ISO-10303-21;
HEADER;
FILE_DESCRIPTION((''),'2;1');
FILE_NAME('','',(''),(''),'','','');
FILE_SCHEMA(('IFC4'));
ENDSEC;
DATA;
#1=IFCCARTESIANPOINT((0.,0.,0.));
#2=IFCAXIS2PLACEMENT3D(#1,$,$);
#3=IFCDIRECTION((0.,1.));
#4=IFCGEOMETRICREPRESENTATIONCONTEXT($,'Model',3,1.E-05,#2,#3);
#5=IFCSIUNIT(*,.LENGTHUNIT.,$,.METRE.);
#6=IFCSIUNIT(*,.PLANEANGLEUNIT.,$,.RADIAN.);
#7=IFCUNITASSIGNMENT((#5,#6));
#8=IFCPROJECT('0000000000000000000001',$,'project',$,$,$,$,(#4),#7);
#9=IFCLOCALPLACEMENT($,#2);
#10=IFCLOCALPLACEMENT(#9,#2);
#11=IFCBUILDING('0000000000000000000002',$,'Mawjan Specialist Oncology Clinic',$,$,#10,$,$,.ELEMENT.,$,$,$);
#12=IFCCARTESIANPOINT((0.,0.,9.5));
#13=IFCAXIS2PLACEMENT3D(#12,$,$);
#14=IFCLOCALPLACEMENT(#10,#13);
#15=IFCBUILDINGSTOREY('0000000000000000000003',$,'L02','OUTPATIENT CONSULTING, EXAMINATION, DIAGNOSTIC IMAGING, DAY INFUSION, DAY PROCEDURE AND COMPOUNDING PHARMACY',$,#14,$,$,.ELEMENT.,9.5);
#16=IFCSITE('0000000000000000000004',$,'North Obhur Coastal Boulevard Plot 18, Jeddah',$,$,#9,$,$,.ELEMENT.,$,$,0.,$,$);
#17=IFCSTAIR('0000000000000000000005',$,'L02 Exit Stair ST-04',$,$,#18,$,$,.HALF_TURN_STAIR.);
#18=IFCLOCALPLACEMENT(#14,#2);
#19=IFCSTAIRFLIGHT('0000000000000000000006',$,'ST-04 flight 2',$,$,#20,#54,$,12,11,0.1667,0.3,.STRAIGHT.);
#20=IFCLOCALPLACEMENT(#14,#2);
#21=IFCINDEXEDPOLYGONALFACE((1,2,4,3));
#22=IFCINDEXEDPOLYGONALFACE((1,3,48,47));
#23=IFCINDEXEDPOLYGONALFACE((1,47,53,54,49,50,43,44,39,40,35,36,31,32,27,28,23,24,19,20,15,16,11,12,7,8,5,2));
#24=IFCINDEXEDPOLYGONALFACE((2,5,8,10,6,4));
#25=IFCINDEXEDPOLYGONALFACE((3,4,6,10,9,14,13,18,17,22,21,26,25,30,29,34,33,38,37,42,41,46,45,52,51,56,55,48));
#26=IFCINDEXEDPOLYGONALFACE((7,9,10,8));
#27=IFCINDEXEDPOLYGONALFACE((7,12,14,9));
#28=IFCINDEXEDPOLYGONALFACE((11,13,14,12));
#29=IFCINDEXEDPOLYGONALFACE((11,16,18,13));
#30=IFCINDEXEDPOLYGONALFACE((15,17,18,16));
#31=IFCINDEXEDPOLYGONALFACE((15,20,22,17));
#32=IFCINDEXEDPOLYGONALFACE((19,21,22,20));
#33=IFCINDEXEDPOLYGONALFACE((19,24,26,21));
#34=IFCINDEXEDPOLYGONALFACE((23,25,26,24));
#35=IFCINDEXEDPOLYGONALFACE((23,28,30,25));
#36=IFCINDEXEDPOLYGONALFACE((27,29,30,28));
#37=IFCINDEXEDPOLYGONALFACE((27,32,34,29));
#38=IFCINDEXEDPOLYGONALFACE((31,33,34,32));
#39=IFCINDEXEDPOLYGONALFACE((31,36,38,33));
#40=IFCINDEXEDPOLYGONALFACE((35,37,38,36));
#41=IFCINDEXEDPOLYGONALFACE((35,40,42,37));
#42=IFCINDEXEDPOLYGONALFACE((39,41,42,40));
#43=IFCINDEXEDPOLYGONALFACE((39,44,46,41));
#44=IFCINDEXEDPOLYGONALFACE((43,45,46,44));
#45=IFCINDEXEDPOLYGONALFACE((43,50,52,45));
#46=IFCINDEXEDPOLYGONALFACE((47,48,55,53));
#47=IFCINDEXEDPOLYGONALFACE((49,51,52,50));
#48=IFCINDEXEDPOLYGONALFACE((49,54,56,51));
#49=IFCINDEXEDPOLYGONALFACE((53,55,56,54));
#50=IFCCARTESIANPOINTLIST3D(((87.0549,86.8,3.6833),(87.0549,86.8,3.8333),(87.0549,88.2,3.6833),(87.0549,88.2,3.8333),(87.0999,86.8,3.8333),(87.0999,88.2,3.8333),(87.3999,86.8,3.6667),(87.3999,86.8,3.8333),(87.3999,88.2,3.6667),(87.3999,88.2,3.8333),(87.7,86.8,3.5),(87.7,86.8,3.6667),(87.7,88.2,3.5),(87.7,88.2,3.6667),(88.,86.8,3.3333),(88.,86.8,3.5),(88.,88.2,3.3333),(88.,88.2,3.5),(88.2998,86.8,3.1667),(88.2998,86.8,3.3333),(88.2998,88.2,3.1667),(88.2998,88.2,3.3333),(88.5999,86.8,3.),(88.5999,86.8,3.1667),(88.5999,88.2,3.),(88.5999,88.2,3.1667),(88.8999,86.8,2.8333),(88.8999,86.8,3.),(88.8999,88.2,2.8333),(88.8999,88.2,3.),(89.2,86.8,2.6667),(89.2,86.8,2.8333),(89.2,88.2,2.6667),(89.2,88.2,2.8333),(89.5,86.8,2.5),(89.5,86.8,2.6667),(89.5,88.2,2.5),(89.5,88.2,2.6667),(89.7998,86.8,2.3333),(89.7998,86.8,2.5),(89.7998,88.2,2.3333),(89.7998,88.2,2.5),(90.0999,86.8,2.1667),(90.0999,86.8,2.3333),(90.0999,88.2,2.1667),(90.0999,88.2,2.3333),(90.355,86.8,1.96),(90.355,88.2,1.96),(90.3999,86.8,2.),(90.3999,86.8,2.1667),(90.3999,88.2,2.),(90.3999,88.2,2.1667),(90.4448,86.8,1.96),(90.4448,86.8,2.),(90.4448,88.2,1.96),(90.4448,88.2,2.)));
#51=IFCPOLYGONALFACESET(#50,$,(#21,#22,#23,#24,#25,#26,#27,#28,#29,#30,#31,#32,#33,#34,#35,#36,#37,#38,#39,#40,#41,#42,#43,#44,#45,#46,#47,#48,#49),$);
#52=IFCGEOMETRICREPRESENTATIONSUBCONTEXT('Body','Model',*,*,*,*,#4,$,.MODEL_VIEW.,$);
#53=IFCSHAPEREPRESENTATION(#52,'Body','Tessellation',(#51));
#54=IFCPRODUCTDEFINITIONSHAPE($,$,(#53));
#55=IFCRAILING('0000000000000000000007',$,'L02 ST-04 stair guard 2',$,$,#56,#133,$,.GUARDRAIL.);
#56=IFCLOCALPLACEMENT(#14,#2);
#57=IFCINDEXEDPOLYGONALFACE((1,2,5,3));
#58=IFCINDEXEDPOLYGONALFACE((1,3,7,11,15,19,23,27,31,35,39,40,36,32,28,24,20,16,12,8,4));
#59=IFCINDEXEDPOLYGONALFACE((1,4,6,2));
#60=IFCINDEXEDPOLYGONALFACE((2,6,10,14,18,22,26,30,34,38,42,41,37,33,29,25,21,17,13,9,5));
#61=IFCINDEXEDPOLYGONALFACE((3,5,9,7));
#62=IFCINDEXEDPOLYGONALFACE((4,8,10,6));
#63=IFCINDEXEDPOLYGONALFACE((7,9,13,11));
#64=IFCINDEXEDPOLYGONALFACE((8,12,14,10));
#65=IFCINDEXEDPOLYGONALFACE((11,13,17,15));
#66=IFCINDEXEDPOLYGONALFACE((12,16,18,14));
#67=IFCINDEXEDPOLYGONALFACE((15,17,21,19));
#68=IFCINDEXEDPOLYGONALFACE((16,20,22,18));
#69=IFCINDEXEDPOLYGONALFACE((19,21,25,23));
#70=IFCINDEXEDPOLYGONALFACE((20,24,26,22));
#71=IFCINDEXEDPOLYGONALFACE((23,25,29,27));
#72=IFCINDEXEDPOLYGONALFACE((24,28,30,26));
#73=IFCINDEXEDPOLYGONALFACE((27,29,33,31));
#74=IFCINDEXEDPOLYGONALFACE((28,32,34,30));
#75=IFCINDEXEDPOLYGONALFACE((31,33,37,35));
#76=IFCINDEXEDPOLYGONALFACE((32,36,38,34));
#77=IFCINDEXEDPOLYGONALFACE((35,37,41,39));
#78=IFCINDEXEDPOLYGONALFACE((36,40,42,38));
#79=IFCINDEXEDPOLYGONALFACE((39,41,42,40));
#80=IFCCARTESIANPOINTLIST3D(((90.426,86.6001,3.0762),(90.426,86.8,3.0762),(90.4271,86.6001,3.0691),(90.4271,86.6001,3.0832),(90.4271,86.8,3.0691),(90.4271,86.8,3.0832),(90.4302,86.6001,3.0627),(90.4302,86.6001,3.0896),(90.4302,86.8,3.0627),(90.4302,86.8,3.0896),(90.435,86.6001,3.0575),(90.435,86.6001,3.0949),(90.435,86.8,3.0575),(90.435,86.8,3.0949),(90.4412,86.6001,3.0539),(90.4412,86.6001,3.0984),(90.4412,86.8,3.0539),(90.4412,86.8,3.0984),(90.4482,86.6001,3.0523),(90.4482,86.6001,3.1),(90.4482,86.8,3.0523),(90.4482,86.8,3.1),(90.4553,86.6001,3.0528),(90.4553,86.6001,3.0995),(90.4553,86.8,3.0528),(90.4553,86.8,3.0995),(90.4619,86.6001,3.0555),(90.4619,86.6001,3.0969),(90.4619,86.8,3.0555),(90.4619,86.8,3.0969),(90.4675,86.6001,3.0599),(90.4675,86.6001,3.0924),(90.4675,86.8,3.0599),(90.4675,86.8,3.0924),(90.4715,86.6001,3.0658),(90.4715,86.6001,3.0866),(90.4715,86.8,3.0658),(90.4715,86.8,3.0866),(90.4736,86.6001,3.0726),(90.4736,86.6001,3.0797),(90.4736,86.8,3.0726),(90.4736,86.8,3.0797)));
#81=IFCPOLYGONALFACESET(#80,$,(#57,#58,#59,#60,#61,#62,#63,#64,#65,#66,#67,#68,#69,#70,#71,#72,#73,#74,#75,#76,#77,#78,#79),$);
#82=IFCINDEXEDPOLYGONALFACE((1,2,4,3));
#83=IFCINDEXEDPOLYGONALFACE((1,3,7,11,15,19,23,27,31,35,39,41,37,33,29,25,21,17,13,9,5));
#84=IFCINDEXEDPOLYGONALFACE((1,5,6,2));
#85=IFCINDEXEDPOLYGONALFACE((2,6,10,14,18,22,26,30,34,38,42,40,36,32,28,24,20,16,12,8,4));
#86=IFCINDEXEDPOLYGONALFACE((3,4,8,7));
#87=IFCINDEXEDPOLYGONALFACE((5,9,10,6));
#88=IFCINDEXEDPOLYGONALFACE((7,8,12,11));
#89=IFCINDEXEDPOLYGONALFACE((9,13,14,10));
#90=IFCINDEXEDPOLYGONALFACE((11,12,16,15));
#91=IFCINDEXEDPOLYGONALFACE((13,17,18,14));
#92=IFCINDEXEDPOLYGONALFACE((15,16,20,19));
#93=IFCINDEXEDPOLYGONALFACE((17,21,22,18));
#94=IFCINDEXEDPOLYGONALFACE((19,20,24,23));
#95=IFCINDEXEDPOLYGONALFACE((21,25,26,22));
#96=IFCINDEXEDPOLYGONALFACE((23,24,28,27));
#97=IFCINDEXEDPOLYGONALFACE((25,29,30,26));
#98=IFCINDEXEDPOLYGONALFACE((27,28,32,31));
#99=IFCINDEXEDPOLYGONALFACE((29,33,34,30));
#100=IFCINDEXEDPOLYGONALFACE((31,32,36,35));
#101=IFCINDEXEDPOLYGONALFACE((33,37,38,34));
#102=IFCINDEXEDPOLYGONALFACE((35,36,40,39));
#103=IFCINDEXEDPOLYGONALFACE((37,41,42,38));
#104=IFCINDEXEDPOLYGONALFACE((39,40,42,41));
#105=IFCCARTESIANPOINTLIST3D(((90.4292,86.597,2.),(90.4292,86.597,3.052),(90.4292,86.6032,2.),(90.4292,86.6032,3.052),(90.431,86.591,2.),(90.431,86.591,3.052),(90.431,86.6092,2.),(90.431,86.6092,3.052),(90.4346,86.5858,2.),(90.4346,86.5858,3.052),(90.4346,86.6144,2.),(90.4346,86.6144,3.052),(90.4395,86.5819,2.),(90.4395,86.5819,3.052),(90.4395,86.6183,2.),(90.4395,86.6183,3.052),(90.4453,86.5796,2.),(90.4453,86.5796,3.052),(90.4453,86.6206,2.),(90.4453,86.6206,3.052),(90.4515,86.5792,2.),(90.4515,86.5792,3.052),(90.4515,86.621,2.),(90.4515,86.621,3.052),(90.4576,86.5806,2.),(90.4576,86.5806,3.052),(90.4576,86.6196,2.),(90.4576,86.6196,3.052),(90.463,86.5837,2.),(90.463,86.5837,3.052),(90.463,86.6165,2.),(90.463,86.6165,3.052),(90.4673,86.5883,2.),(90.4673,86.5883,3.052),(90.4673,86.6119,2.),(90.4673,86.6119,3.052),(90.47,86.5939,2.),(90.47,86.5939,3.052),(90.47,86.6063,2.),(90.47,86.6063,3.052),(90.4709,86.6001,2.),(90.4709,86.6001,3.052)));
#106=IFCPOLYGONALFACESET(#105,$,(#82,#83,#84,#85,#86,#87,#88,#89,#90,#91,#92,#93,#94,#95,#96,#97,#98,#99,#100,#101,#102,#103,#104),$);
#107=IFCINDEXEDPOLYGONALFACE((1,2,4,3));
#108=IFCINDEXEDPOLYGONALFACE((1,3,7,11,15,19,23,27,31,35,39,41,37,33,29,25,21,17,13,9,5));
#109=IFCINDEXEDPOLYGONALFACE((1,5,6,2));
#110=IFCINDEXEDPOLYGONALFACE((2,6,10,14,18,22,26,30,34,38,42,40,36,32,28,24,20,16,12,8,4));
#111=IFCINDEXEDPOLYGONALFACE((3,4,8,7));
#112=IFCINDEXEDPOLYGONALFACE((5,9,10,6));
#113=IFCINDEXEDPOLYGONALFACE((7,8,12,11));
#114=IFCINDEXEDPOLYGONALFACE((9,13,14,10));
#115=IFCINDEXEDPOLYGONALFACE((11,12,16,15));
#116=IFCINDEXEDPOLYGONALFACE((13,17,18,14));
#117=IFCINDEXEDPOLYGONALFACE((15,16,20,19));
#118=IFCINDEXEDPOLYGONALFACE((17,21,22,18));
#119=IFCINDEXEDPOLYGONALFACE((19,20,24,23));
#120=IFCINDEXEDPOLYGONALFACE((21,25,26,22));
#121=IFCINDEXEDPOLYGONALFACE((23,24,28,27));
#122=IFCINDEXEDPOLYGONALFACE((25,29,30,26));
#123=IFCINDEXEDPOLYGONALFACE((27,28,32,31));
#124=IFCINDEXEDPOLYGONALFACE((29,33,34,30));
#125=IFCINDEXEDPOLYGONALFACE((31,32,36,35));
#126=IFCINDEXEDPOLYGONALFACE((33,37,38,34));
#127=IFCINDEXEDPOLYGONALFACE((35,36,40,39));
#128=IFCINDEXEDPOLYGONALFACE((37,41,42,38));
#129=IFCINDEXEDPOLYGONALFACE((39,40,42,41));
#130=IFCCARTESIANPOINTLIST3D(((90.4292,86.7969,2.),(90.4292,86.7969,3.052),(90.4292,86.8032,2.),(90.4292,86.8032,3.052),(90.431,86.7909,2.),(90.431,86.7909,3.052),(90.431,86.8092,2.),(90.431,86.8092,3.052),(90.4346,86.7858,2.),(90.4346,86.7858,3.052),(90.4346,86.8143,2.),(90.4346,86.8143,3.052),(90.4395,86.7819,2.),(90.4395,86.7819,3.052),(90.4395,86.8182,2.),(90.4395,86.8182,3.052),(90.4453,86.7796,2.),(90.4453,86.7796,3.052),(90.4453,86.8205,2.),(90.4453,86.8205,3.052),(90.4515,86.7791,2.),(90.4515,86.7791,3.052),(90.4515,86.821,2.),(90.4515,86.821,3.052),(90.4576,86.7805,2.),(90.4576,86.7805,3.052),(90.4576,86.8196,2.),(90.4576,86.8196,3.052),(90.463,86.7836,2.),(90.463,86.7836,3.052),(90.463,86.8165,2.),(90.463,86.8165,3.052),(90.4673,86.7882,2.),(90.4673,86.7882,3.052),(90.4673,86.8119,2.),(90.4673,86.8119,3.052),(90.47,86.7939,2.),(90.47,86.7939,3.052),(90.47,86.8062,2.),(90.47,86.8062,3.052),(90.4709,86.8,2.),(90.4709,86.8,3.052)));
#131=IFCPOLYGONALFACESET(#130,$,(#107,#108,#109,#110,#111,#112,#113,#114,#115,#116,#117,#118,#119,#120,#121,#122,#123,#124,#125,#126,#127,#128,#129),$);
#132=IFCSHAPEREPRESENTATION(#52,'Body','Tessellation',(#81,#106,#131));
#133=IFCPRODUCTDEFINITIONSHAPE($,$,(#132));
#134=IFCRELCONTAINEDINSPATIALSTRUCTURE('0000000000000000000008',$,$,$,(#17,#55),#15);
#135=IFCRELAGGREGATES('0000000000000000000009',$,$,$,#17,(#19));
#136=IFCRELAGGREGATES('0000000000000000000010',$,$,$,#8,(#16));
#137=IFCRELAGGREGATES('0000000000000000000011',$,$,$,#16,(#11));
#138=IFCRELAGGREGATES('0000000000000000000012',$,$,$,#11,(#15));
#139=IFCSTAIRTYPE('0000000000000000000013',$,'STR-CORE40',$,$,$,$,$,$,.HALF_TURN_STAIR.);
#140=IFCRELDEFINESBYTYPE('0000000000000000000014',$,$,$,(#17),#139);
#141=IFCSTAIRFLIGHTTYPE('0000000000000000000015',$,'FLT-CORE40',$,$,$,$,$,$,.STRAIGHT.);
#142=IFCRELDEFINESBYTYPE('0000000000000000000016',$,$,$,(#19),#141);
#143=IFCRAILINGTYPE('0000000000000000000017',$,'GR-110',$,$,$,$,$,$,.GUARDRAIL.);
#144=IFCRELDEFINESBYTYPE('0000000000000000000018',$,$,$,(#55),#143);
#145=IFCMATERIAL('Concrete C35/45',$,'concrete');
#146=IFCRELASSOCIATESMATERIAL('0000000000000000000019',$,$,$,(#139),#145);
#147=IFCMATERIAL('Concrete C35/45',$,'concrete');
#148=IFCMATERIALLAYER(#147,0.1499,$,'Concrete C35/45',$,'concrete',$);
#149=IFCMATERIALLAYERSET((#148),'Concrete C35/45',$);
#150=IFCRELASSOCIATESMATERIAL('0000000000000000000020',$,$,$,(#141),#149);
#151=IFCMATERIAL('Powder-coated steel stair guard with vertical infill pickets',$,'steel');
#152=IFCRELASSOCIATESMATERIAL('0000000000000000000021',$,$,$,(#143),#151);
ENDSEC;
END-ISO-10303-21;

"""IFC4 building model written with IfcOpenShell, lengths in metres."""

from ifc_helpers import new_model, si_unit, direction, frame, origin, origin_2d, place, context, subcontext, project, spatial, polyline, circle, outline, extrude, material, layer, layer_set, type_object, element, aggregate, save


model = new_model("IFC4")

# Units and contexts
model_context = context("Model", 3, precision=1e-05, world=origin(), true_north=direction((0.0, 1.0)))
body_context = subcontext(model_context, "Body", "Model", "MODEL_VIEW")
ifc_project = project(units=[si_unit("LENGTHUNIT", "METRE"), si_unit("PLANEANGLEUNIT", "RADIAN")], contexts=[model_context])

# Site, building, storey
site_placement = place(None, origin())
site = spatial("IfcSite", under=ifc_project, at=site_placement, Name="North Obhur Coastal Boulevard Plot 18, Jeddah", CompositionType="ELEMENT", RefElevation=0.0)
building_placement = place(site_placement, origin())
building = spatial("IfcBuilding", under=site, at=building_placement, Name="Mawjan Specialist Oncology Clinic", CompositionType="ELEMENT")
storey_placement = place(building_placement, frame((0.0, 0.0, 9.5)))
storey = spatial("IfcBuildingStorey", under=building, at=storey_placement, Name="L02", Description="OUTPATIENT CONSULTING, EXAMINATION, DIAGNOSTIC IMAGING, DAY INFUSION, DAY PROCEDURE AND COMPOUNDING PHARMACY", CompositionType="ELEMENT", Elevation=9.5)

# Stair, stair flight
ifc_material_1 = material(Name="Concrete C35/45", Category="concrete")
stair_type = type_object("IfcStairType", Name="STR-CORE40", PredefinedType="HALF_TURN_STAIR", material=ifc_material_1)
stair_placement = place(storey_placement, origin())
stair = element("IfcStair", 1, at=stair_placement, inside=storey, type_object=stair_type, Name="L02 Exit Stair ST-04", PredefinedType="HALF_TURN_STAIR")
ifc_material_2 = material(Name="Concrete C35/45", Category="concrete")
ifc_layer_1 = layer(ifc_material_2, 0.1499, Name="Concrete C35/45", Category="concrete")
ifc_layer_set_1 = layer_set([ifc_layer_1], Name="Concrete C35/45")
stair_flight_type = type_object("IfcStairFlightType", Name="FLT-CORE40", PredefinedType="STRAIGHT", material=ifc_layer_set_1)
stair_flight_placement = place(storey_placement, frame((90.3999, 87.5, 2.0), z_axis=(0.0, 0.0, 1.0), x_axis=(-1.0, 0.0, 0.0)))
stair_flight = element("IfcStairFlight", 2, at=stair_flight_placement, type_object=stair_flight_type, Name="ST-04 flight 2", NumberOfRisers=12, NumberOfTreads=11, PredefinedType="STRAIGHT", RiserHeight=0.1667, TreadLength=0.3, context=body_context, shape_type="SweptSolid", body=[
    extrude(outline(polyline([(-0.0449, -0.04), (-0.0449, 0.0), (0.0, 0.0), (0.0, 0.1667), (0.3, 0.1667), (0.3, 0.3333), (0.6001, 0.3333), (0.6001, 0.5), (0.8999, 0.5), (0.8999, 0.6667), (1.2, 0.6667), (1.2, 0.8333), (1.5, 0.8333), (1.5, 1.0), (1.8, 1.0), (1.8, 1.1667), (2.1001, 1.1667), (2.1001, 1.3333), (2.3999, 1.3333), (2.3999, 1.5), (2.7, 1.5), (2.7, 1.6667), (3.0, 1.6667), (3.0, 1.8333), (3.3, 1.8333), (3.345, 1.8333), (3.345, 1.6833), (0.0449, -0.04), (-0.0449, -0.04)])), frame((0.0, 0.7, 0.0), z_axis=(0.0, -1.0, 0.0), x_axis=(1.0, 0.0, 0.0)), (0.0, 0.0, 1.0), 1.3999),
])
aggregate(stair, [stair_flight])

# Railing
ifc_material_3 = material(Name="Powder-coated steel stair guard with vertical infill pickets", Category="steel")
railing_type_1 = type_object("IfcRailingType", Name="GR-110", PredefinedType="GUARDRAIL", material=ifc_material_3)
railing_1_placement = place(storey_placement, frame((90.45, 86.6001, 2.0)))
element("IfcRailing", 3, at=railing_1_placement, inside=storey, type_object=railing_type_1, Name="L02 ST-04 stair guard 2", PredefinedType="GUARDRAIL", context=body_context, shape_type="SweptSolid", body=[
    extrude(circle(Radius=0.0239, at=origin_2d()), frame((0.0, 0.0, 1.0762), z_axis=(0.0, 1.0, 0.0), x_axis=(-1.0, 0.0, 0.0)), (0.0, 0.0, 1.0), 0.2),
    extrude(circle(Radius=0.021, at=origin_2d()), origin(), (0.0, 0.0, 1.0), 1.052),
    extrude(circle(Radius=0.021, at=origin_2d()), frame((0.0, 0.2, 0.0)), (0.0, 0.0, 1.0), 1.052),
])

save(model, "model.ifc")
